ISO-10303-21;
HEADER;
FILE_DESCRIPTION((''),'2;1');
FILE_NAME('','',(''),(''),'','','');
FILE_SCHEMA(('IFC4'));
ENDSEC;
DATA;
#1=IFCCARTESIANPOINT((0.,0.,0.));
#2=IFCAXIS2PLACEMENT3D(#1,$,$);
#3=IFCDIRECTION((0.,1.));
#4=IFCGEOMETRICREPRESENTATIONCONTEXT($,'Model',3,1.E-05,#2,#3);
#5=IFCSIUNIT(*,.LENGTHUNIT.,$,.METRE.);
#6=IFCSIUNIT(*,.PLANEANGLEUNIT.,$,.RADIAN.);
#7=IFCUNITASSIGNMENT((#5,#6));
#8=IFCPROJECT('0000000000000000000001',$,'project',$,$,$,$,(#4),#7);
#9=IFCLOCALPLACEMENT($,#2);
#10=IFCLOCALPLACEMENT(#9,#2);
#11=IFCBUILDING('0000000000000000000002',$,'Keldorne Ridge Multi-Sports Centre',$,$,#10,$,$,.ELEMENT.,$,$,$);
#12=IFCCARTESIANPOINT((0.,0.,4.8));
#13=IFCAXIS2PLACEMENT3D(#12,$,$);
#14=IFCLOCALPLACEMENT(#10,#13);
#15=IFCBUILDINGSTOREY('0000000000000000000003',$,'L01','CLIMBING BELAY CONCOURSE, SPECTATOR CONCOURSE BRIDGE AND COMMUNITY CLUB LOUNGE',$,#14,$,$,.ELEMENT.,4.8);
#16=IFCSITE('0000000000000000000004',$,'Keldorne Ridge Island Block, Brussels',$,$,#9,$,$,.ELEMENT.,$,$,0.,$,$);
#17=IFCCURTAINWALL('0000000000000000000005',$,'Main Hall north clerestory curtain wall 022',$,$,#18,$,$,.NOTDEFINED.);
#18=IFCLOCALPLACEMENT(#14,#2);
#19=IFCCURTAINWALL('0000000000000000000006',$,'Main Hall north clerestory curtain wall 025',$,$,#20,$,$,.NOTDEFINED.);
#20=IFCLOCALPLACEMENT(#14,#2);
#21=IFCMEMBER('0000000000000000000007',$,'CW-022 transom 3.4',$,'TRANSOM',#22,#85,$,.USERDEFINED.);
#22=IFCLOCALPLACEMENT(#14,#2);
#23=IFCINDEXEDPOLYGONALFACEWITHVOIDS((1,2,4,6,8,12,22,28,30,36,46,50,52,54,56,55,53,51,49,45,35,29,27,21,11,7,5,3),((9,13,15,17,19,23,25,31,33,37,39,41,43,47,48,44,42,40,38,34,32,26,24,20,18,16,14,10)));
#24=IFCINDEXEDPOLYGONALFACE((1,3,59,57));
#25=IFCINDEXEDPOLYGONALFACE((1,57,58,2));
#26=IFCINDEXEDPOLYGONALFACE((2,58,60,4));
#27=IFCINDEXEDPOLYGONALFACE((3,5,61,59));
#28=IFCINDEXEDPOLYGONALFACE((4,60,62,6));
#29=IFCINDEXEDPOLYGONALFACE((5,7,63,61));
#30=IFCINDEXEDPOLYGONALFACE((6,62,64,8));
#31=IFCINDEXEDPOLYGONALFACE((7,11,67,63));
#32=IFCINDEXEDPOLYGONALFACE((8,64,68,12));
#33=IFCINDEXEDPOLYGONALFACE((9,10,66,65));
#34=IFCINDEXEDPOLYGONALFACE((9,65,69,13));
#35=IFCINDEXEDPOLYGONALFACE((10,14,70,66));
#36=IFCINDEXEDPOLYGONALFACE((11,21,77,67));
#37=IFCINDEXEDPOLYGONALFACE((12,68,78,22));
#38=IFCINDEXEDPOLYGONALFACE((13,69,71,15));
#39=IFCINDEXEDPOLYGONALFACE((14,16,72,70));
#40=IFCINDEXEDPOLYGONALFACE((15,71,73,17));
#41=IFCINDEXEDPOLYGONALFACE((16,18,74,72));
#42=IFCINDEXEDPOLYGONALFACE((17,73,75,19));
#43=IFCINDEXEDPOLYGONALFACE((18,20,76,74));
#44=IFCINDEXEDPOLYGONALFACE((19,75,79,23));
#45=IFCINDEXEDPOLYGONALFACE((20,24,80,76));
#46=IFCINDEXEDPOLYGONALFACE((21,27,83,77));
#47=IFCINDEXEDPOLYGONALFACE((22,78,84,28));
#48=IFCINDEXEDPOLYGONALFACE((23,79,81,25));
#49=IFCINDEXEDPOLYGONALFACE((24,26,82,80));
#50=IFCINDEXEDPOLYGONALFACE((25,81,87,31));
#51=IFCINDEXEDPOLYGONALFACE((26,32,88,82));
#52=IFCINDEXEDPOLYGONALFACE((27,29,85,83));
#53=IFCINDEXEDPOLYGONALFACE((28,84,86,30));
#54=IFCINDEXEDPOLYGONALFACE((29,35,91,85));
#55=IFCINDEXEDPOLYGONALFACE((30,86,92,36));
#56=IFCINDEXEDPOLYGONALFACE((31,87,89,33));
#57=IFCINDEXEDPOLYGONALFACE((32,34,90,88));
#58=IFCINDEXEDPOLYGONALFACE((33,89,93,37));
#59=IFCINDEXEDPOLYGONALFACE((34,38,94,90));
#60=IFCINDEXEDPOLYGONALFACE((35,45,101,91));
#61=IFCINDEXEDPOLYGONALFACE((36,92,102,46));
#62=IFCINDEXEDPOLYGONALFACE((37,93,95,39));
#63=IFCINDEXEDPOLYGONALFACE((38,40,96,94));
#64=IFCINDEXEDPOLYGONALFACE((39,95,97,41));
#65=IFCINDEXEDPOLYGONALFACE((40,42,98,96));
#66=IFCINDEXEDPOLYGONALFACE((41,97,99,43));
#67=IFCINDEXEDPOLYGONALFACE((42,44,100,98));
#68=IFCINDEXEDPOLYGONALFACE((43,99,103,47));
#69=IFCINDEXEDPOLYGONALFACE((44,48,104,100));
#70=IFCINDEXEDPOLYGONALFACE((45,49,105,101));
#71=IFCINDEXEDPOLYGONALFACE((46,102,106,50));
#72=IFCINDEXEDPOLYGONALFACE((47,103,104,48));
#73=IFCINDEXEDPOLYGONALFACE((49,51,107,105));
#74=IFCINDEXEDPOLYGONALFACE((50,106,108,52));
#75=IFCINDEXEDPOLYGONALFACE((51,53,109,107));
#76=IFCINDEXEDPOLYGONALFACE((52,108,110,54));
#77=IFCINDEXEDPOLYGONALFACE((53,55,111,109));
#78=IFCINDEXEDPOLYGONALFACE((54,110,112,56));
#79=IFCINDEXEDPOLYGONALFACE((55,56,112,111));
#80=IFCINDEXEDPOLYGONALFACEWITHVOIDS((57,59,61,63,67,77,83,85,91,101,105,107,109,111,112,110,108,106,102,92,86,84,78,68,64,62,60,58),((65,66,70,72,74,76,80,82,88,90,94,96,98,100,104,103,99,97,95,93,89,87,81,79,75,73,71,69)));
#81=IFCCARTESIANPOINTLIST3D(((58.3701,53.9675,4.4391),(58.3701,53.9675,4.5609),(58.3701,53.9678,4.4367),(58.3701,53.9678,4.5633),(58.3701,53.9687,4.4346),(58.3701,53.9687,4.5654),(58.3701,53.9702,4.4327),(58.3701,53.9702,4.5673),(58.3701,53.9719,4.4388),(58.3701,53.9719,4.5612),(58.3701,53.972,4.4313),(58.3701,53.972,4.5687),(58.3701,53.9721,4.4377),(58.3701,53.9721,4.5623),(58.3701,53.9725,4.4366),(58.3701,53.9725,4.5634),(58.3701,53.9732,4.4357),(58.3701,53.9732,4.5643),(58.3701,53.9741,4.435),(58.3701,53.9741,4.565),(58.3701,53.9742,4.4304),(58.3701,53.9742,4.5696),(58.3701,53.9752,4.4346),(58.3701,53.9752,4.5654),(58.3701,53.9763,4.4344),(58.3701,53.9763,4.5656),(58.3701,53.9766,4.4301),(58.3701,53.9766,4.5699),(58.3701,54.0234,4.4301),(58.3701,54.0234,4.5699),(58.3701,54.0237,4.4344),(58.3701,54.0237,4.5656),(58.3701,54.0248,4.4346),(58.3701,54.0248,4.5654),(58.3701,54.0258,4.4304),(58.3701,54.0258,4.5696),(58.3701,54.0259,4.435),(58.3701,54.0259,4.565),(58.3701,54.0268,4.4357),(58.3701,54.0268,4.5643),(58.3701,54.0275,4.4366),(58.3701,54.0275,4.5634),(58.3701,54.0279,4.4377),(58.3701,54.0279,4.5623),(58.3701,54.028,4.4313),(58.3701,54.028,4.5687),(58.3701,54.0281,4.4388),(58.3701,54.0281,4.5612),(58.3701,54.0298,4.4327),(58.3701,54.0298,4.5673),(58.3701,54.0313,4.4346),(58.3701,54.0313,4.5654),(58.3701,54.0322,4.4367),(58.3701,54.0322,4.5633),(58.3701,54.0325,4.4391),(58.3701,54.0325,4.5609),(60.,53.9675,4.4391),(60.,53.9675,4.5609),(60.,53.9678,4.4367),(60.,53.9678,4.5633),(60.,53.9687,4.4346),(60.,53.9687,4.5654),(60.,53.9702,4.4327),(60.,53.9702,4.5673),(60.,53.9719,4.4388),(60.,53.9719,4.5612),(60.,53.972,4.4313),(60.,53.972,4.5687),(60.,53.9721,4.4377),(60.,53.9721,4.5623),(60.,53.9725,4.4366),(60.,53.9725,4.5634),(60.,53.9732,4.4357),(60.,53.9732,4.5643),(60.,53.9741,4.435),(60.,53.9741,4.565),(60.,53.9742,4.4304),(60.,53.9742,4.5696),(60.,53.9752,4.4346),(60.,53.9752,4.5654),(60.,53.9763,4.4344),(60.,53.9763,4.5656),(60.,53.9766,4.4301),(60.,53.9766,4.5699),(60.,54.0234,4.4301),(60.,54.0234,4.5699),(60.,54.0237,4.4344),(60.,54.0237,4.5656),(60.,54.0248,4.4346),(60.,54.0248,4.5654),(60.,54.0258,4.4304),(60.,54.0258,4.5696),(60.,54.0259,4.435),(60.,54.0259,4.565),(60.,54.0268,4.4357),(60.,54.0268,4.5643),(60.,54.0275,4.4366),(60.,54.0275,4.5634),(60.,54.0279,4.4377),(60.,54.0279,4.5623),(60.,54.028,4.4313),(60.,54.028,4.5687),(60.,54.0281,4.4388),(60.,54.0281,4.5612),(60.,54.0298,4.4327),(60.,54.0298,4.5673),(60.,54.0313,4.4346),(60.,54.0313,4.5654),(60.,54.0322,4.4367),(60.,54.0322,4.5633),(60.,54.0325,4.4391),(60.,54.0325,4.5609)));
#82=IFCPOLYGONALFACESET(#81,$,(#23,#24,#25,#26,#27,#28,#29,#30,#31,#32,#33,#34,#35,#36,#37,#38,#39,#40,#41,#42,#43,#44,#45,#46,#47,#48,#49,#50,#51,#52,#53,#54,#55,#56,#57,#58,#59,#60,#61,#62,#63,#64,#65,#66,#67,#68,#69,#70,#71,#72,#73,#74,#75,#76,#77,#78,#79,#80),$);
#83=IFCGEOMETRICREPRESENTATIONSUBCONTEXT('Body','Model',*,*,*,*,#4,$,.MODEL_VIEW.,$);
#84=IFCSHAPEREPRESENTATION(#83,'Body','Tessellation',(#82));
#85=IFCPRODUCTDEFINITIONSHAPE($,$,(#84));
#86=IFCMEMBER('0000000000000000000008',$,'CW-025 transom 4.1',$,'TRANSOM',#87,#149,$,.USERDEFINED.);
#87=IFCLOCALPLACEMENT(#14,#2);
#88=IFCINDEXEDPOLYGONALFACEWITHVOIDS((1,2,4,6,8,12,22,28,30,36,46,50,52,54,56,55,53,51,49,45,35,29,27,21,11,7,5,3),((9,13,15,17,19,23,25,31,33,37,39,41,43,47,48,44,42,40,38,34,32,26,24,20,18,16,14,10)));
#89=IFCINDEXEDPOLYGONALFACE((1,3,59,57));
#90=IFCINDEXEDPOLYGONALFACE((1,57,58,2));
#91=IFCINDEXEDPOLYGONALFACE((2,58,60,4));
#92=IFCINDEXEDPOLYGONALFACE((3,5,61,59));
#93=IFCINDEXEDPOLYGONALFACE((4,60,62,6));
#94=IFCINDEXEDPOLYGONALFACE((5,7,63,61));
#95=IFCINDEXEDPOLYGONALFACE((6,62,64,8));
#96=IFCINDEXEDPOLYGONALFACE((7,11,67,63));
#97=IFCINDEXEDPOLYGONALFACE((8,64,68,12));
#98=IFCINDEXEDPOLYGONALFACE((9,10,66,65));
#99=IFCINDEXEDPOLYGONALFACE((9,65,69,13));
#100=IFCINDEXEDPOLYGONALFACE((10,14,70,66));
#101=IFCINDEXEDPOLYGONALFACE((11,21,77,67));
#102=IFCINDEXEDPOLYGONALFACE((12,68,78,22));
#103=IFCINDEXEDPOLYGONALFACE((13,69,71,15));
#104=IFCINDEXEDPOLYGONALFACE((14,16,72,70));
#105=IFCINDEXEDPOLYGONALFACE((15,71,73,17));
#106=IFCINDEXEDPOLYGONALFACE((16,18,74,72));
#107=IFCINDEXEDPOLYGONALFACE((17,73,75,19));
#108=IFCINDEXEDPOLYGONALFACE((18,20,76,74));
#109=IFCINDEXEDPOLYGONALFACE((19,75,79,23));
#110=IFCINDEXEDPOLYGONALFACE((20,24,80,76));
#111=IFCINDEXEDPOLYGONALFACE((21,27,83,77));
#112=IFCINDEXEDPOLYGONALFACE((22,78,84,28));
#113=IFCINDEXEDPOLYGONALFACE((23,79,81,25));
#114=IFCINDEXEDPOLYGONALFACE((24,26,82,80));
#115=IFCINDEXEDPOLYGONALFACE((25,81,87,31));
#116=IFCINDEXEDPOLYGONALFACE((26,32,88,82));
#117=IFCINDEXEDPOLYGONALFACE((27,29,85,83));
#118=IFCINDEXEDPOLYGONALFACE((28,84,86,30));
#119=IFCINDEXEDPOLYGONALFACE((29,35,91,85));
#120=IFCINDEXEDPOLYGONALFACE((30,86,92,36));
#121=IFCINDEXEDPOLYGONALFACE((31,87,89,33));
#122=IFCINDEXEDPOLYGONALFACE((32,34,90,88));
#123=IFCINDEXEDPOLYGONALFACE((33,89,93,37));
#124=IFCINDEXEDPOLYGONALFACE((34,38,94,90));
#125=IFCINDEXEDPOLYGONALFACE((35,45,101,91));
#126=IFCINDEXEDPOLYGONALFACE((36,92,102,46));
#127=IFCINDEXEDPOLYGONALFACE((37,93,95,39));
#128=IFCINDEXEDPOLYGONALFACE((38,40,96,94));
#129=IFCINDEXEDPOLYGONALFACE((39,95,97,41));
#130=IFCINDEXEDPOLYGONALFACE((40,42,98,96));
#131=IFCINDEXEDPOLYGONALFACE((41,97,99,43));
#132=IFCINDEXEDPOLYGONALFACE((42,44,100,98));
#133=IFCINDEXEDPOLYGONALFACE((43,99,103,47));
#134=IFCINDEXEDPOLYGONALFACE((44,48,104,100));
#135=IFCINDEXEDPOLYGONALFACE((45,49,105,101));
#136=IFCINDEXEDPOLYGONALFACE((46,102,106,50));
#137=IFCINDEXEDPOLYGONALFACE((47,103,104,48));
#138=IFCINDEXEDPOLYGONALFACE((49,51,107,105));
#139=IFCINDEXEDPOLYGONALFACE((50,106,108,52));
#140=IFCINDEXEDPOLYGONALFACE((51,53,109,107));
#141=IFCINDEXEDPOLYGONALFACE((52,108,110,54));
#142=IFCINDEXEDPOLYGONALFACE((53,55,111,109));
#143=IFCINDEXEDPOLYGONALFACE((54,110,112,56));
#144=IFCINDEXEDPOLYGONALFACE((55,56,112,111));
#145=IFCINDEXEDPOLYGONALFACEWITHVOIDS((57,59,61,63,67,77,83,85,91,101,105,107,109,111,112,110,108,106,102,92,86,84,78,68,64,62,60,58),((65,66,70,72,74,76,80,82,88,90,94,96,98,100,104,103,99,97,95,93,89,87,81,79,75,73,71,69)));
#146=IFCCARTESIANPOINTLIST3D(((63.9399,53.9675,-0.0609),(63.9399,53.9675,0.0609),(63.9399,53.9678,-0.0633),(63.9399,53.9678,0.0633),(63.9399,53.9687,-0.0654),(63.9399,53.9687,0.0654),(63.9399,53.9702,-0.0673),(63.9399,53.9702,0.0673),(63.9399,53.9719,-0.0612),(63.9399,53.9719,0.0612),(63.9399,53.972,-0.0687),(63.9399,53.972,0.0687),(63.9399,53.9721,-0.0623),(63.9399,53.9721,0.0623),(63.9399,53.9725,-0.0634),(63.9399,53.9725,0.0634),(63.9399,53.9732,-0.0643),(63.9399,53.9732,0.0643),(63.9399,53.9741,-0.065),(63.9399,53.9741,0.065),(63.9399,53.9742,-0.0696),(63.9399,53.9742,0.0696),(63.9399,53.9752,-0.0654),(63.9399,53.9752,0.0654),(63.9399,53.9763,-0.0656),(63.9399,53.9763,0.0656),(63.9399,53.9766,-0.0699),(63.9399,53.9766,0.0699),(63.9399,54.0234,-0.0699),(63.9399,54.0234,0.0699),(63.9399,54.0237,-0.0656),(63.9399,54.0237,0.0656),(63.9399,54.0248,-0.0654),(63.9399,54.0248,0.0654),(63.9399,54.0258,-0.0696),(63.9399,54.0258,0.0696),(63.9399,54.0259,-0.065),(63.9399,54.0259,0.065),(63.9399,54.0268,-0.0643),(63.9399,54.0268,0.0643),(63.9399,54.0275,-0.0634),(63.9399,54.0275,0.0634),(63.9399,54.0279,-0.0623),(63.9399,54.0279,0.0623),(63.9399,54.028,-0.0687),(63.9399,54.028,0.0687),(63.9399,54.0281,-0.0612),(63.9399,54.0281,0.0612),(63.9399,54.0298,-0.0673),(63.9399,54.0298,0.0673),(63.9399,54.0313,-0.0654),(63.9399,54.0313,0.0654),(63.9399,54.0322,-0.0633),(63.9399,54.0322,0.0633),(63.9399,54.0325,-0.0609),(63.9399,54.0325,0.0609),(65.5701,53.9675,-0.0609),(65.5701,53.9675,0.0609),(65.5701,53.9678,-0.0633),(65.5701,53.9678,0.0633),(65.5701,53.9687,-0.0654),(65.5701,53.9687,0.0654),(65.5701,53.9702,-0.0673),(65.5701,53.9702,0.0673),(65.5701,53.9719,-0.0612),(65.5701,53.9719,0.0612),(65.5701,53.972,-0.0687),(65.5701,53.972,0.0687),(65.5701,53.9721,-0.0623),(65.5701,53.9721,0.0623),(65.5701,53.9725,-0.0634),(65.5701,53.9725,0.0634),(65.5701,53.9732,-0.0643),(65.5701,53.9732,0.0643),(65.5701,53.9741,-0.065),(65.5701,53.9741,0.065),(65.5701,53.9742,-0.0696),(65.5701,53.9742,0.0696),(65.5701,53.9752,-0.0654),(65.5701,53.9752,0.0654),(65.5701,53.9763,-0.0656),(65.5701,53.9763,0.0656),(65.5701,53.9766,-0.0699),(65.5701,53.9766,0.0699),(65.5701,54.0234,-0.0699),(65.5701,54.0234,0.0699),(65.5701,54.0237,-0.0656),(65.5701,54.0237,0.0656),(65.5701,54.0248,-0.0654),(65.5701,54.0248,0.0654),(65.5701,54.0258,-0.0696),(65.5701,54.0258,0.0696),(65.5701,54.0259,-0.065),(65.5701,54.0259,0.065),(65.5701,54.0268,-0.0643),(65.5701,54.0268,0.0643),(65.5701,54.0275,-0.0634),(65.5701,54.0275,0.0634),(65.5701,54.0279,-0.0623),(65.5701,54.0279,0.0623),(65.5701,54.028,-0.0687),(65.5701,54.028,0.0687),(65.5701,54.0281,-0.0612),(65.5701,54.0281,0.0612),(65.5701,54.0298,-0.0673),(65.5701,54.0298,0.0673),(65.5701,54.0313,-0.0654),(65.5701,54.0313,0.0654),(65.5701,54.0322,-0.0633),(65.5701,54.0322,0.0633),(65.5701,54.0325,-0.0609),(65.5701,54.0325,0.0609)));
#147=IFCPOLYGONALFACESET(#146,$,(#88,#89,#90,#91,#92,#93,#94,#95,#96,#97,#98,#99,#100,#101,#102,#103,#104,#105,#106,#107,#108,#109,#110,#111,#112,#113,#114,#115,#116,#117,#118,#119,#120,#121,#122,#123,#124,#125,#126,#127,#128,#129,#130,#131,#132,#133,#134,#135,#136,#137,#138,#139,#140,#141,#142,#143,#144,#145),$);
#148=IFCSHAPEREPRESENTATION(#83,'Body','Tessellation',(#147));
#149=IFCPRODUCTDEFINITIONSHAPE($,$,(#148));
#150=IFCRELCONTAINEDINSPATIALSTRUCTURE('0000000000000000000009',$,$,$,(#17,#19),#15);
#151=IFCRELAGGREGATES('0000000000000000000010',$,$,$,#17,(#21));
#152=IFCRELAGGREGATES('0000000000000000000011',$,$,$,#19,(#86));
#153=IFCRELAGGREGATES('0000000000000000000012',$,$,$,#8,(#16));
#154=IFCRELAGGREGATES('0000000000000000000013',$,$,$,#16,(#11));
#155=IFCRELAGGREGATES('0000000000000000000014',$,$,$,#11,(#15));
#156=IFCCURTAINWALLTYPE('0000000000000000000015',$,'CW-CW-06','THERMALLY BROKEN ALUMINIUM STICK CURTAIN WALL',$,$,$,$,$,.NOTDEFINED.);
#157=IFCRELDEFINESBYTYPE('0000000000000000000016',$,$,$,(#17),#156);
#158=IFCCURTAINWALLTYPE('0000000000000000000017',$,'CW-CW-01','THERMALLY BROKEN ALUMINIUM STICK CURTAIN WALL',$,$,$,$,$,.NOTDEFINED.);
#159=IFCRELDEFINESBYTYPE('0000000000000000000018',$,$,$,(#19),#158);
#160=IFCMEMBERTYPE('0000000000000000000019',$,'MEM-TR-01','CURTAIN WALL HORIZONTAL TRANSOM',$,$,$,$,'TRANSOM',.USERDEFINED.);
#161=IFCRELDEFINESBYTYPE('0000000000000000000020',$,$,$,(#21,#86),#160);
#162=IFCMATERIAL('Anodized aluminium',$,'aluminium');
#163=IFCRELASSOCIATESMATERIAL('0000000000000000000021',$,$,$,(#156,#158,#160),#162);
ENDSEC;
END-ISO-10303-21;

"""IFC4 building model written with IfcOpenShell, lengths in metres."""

from ifc_helpers import new_model, si_unit, direction, frame, origin, origin_2d, place, context, subcontext, project, spatial, hollow_rectangle, extrude, material, material_profile, profile_set, type_object, element, aggregate, save


model = new_model("IFC4")

# Units and contexts
model_context = context("Model", 3, precision=1e-05, world=origin(), true_north=direction((0.0, 1.0)))
body_context = subcontext(model_context, "Body", "Model", "MODEL_VIEW")
ifc_project = project(units=[si_unit("LENGTHUNIT", "METRE"), si_unit("PLANEANGLEUNIT", "RADIAN")], contexts=[model_context])

# Site, building, storey
site_placement = place(None, origin())
site = spatial("IfcSite", under=ifc_project, at=site_placement, Name="Keldorne Ridge Island Block, Brussels", CompositionType="ELEMENT", RefElevation=0.0)
building_placement = place(site_placement, origin())
building = spatial("IfcBuilding", under=site, at=building_placement, Name="Keldorne Ridge Multi-Sports Centre", CompositionType="ELEMENT")
storey_placement = place(building_placement, frame((0.0, 0.0, 4.8)))
storey = spatial("IfcBuildingStorey", under=building, at=storey_placement, Name="L01", Description="CLIMBING BELAY CONCOURSE, SPECTATOR CONCOURSE BRIDGE AND COMMUNITY CLUB LOUNGE", CompositionType="ELEMENT", Elevation=4.8)

# Curtain walls
ifc_material_1 = material(Name="Anodized aluminium", Category="aluminium")
curtain_wall_type_1 = type_object("IfcCurtainWallType", Name="CW-CW-06", Description="THERMALLY BROKEN ALUMINIUM STICK CURTAIN WALL", PredefinedType="NOTDEFINED", material=ifc_material_1)
curtain_wall_1_placement = place(storey_placement, origin())
curtain_wall_1 = element("IfcCurtainWall", 1, at=curtain_wall_1_placement, inside=storey, type_object=curtain_wall_type_1, Name="Main Hall north clerestory curtain wall 022", PredefinedType="NOTDEFINED")
curtain_wall_type_2 = type_object("IfcCurtainWallType", Name="CW-CW-01", Description="THERMALLY BROKEN ALUMINIUM STICK CURTAIN WALL", PredefinedType="NOTDEFINED", material=ifc_material_1)
curtain_wall_2_placement = place(storey_placement, origin())
curtain_wall_2 = element("IfcCurtainWall", 2, at=curtain_wall_2_placement, inside=storey, type_object=curtain_wall_type_2, Name="Main Hall north clerestory curtain wall 025", PredefinedType="NOTDEFINED")

# Members
ifc_material_profile_1 = material_profile(ifc_material_1, hollow_rectangle(XDim=0.0649, YDim=0.1399, WallThickness=0.0044, InnerFilletRadius=0.0044, OuterFilletRadius=0.009, at=origin_2d()), Name="ALU TRANSOM 140x65x4.5")
ifc_profile_set_1 = profile_set([ifc_material_profile_1], Name="Anodized aluminium")
member_type_1 = type_object("IfcMemberType", Name="MEM-TR-01", Description="CURTAIN WALL HORIZONTAL TRANSOM", ElementType="TRANSOM", PredefinedType="USERDEFINED", material=ifc_profile_set_1)
member_1_placement = place(storey_placement, frame((60.0, 54.0, 4.5), z_axis=(-1.0, 0.0, 0.0), x_axis=(0.0, -1.0, 0.0)))
member_1 = element("IfcMember", 3, at=member_1_placement, type_object=member_type_1, Name="CW-022 transom 3.4", ObjectType="TRANSOM", PredefinedType="USERDEFINED", context=body_context, shape_type="SweptSolid", body=[
    extrude(hollow_rectangle(XDim=0.0649, YDim=0.1399, WallThickness=0.0044, InnerFilletRadius=0.0044, OuterFilletRadius=0.009, at=origin_2d()), origin(), (0.0, 0.0, 1.0), 1.6299),
])
member_2_placement = place(storey_placement, frame((65.5701, 54.0, 0.0), z_axis=(-1.0, 0.0, 0.0), x_axis=(0.0, -1.0, 0.0)))
member_2 = element("IfcMember", 4, at=member_2_placement, type_object=member_type_1, Name="CW-025 transom 4.1", ObjectType="TRANSOM", PredefinedType="USERDEFINED", context=body_context, shape_type="SweptSolid", body=[
    extrude(hollow_rectangle(XDim=0.0649, YDim=0.1399, WallThickness=0.0044, InnerFilletRadius=0.0044, OuterFilletRadius=0.009, at=origin_2d()), origin(), (0.0, 0.0, 1.0), 1.6301),
])

aggregate(curtain_wall_1, [member_1])
aggregate(curtain_wall_2, [member_2])

save(model, "model.ifc")
